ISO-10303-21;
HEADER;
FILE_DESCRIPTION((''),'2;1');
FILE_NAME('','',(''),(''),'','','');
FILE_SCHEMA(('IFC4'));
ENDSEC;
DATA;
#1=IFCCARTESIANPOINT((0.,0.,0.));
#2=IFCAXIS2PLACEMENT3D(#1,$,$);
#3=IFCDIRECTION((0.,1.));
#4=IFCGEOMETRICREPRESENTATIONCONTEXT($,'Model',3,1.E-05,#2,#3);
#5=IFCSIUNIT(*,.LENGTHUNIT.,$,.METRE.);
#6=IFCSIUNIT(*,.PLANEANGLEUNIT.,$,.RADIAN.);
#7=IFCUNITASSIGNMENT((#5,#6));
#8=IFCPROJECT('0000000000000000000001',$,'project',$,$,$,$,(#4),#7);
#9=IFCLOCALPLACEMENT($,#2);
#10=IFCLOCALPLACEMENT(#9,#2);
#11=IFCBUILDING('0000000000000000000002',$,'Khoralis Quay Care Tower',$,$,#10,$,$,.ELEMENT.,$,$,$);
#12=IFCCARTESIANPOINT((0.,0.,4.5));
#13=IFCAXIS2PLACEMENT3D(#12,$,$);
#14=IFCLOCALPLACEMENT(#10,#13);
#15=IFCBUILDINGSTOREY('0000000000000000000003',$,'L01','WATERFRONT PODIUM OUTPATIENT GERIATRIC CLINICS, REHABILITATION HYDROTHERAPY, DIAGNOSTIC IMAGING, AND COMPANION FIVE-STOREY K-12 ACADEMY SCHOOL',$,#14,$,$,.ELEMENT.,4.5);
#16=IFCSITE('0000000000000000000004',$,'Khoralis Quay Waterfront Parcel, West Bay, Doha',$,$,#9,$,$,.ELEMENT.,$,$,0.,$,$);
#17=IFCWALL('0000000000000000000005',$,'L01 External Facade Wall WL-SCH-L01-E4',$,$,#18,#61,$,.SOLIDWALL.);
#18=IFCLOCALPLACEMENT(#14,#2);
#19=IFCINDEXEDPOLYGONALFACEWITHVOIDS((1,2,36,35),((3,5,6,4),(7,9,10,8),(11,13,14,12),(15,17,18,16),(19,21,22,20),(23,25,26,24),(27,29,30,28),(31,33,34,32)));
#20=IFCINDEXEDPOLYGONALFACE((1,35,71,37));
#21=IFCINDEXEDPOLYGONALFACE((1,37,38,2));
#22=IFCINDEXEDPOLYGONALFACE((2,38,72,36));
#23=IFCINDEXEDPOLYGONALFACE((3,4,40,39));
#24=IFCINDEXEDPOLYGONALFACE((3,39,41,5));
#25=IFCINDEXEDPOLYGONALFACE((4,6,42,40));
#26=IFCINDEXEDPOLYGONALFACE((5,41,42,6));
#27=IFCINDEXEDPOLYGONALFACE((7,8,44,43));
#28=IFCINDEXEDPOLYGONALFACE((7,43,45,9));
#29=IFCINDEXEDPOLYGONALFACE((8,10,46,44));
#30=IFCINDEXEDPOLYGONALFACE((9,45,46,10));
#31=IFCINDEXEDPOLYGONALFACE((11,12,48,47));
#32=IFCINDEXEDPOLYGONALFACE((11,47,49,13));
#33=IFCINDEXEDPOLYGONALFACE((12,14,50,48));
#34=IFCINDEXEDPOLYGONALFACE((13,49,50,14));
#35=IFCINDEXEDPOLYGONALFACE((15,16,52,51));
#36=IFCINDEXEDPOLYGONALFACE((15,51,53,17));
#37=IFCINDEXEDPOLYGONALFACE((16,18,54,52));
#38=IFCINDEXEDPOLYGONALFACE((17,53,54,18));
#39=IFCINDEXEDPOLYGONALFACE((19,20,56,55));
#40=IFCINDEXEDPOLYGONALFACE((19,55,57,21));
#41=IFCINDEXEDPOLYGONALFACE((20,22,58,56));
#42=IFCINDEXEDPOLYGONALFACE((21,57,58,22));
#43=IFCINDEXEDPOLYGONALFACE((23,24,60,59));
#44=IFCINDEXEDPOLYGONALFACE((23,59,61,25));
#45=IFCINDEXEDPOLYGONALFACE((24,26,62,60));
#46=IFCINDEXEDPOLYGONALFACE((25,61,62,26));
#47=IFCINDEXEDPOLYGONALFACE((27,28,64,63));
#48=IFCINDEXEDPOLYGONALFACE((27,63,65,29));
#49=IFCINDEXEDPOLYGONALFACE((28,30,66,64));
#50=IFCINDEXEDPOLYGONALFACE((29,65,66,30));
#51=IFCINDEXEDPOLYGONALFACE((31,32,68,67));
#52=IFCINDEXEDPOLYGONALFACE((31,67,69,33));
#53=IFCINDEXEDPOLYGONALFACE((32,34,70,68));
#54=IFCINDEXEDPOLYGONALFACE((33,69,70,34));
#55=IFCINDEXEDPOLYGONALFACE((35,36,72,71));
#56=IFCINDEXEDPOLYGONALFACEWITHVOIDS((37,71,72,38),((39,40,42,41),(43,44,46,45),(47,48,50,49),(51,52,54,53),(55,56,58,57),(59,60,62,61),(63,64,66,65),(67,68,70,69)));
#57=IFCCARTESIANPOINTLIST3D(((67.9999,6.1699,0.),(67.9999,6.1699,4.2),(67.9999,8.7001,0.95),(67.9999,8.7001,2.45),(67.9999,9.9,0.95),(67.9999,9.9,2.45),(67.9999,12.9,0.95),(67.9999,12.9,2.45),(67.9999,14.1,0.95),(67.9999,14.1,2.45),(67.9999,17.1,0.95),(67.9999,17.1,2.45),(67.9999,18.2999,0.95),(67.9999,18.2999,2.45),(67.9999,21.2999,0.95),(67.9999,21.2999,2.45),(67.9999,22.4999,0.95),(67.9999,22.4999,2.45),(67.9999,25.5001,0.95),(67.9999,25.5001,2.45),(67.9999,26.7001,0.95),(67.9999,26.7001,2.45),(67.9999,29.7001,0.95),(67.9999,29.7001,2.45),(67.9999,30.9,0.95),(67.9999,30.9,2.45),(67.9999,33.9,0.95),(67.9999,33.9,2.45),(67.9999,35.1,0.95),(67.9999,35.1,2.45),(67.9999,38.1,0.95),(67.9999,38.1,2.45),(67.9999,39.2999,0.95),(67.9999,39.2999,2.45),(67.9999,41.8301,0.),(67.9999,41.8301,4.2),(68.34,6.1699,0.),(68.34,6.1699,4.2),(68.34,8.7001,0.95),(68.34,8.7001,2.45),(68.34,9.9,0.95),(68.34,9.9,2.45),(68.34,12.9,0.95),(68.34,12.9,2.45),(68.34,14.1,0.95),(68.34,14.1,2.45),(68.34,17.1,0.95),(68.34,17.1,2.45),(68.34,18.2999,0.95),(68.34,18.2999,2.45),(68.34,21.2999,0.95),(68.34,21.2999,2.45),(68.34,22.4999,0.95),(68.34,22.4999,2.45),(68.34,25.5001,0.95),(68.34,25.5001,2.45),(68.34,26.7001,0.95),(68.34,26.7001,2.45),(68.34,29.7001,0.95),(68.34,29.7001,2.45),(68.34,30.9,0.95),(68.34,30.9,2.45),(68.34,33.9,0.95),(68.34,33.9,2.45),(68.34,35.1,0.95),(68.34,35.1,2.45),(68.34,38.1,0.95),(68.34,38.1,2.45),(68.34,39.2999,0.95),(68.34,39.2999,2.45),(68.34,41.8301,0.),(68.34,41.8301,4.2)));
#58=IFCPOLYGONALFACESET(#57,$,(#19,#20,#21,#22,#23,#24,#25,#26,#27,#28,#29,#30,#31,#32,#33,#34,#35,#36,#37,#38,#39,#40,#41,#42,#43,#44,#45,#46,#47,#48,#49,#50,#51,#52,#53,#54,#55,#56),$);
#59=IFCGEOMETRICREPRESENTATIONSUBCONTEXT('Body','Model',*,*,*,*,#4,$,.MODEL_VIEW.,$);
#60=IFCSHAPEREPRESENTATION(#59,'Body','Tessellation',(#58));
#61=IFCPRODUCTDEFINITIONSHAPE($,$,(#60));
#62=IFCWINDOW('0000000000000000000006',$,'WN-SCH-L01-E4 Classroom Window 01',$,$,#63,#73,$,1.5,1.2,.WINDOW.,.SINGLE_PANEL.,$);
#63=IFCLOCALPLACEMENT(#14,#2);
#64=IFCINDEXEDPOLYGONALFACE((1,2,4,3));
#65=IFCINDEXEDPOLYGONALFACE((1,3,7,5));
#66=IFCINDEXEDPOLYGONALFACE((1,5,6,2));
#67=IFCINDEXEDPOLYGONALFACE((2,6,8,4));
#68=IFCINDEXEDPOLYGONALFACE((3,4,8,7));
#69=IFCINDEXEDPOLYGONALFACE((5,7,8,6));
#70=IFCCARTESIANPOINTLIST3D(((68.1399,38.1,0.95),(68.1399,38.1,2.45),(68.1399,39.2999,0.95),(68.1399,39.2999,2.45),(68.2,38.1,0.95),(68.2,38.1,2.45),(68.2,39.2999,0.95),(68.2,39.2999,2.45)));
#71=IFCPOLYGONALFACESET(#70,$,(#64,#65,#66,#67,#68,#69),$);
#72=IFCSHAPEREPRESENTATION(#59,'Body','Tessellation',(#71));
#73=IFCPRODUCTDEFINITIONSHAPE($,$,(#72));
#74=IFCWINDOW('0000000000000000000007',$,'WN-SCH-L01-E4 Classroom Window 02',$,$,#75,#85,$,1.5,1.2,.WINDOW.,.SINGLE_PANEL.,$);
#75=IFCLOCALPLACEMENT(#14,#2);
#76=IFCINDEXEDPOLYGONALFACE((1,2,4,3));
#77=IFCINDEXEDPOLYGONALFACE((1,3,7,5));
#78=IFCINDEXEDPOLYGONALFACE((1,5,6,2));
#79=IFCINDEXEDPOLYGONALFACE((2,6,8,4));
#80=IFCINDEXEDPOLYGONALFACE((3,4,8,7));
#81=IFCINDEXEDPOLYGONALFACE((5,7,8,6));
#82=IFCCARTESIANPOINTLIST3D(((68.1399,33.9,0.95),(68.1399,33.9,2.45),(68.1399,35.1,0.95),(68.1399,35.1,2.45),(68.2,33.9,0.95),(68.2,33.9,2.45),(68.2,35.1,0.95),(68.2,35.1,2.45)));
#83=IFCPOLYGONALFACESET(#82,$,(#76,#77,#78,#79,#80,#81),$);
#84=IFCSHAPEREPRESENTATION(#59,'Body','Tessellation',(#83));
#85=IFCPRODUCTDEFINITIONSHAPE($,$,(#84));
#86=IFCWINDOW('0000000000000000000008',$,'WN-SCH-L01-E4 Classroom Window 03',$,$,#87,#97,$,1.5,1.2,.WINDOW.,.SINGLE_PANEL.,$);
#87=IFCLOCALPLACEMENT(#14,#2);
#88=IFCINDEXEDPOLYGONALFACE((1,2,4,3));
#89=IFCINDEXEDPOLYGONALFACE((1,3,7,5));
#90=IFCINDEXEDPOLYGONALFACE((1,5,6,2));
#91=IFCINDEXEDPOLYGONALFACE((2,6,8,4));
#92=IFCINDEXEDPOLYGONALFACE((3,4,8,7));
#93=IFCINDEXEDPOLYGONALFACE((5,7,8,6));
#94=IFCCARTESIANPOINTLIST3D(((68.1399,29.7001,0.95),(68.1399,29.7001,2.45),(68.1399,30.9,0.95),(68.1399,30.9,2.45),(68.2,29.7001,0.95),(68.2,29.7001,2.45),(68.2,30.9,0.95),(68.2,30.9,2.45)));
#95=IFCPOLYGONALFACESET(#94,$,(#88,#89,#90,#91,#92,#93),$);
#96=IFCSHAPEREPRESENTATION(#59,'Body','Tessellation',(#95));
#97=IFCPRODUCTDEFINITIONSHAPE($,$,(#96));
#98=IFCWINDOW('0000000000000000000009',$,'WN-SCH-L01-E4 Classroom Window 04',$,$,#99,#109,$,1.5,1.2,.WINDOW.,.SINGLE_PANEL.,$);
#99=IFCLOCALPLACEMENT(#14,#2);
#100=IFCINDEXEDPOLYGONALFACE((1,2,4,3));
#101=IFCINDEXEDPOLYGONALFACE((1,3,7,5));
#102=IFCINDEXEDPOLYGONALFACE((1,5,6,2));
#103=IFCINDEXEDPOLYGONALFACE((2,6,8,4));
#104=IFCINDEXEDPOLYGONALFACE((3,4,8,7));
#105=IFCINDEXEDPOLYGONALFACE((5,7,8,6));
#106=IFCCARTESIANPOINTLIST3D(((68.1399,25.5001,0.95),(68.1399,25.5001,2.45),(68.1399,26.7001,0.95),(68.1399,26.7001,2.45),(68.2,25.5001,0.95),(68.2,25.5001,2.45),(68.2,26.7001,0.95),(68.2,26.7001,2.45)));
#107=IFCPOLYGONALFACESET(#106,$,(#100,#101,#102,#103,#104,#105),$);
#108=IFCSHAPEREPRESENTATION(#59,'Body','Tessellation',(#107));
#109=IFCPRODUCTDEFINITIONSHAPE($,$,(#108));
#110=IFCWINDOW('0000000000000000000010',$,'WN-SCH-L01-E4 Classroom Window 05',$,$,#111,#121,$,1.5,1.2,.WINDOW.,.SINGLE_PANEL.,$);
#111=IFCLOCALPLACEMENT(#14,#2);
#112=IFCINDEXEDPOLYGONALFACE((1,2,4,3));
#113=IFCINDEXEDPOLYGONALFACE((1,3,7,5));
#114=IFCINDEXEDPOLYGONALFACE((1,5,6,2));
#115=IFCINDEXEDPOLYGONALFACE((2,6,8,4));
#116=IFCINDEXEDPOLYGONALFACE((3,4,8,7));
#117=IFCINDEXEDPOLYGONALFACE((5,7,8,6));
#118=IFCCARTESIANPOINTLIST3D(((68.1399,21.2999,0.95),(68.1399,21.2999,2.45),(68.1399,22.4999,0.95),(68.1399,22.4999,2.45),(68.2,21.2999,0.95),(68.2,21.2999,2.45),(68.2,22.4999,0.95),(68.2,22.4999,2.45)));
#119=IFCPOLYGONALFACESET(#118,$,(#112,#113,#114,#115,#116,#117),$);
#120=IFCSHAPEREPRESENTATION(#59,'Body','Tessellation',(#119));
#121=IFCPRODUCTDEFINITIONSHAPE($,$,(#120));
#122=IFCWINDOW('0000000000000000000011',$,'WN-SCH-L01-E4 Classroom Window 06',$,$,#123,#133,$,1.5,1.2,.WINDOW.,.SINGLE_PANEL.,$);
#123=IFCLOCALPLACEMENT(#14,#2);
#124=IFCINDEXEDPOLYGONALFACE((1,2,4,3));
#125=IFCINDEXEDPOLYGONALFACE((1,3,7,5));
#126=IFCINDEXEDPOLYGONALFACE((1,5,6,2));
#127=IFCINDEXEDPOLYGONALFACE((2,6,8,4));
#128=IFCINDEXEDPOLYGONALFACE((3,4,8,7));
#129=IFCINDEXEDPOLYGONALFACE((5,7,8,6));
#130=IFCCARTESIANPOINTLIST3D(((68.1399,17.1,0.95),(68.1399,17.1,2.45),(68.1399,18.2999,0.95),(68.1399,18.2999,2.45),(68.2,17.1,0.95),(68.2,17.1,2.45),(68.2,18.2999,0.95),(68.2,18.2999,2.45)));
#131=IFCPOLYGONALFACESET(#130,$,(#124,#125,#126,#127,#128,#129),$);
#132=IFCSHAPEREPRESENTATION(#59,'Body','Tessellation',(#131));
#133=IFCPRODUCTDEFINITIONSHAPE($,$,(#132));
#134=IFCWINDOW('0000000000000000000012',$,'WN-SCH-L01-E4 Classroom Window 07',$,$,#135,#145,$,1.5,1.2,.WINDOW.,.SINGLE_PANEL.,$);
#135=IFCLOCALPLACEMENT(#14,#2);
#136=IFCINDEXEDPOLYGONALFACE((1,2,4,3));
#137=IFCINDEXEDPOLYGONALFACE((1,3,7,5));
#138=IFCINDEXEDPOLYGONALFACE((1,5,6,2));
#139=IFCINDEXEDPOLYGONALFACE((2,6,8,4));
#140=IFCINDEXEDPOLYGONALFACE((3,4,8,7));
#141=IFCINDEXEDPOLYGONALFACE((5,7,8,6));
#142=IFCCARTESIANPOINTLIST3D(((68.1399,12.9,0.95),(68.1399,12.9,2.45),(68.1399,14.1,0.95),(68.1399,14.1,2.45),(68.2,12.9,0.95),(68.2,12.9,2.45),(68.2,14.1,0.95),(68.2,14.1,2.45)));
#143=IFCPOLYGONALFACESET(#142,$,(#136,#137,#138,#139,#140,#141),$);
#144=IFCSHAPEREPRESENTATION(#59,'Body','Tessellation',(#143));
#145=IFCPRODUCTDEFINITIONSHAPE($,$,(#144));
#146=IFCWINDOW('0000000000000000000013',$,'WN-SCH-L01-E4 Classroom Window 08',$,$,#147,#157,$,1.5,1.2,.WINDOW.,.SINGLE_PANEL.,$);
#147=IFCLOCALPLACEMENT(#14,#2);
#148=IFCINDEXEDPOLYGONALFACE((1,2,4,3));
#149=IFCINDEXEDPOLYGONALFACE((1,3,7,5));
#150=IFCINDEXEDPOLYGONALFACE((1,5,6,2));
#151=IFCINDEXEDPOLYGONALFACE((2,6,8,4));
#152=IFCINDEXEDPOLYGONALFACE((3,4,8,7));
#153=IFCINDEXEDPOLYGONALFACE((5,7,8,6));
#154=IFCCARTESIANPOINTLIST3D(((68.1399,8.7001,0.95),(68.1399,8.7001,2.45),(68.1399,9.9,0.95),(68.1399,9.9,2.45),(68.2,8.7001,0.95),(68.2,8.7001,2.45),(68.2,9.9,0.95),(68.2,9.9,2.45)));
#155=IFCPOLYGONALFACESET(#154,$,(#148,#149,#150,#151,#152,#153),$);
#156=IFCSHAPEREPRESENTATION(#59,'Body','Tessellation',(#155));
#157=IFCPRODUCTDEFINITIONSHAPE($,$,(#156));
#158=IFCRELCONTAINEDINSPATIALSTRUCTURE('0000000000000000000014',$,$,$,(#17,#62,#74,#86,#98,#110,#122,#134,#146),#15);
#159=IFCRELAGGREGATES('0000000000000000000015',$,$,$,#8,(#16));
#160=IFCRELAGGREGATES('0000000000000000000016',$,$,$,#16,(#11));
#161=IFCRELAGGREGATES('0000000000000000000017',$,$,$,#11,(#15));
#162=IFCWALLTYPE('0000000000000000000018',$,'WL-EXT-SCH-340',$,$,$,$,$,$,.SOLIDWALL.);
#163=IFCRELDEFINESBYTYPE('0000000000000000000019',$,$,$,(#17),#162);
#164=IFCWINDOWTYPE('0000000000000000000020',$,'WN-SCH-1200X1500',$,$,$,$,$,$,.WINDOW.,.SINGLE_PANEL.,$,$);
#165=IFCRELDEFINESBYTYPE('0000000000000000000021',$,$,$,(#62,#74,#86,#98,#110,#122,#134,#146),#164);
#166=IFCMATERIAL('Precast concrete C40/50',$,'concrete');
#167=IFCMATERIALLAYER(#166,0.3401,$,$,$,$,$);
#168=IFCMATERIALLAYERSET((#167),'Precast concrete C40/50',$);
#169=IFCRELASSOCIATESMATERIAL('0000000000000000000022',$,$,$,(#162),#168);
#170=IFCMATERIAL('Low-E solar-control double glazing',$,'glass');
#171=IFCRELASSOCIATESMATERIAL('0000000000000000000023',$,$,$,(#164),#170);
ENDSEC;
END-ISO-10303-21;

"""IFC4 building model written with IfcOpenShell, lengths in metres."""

from ifc_helpers import new_model, si_unit, direction, frame, frame_2d, origin, place, context, subcontext, project, spatial, rectangle, extrude, source, transform, mapped, material, layer, layer_set, type_object, element, fill, save


model = new_model("IFC4")

# Units and contexts
model_context = context("Model", 3, precision=1e-05, world=origin(), true_north=direction((0.0, 1.0)))
body_context = subcontext(model_context, "Body", "Model", "MODEL_VIEW")
ifc_project = project(units=[si_unit("LENGTHUNIT", "METRE"), si_unit("PLANEANGLEUNIT", "RADIAN")], contexts=[model_context])

# Site, building, storey
site_placement = place(None, origin())
site = spatial("IfcSite", under=ifc_project, at=site_placement, Name="Khoralis Quay Waterfront Parcel, West Bay, Doha", CompositionType="ELEMENT", RefElevation=0.0)
building_placement = place(site_placement, origin())
building = spatial("IfcBuilding", under=site, at=building_placement, Name="Khoralis Quay Care Tower", CompositionType="ELEMENT")
storey_placement = place(building_placement, frame((0.0, 0.0, 4.5)))
storey = spatial("IfcBuildingStorey", under=building, at=storey_placement, Name="L01", Description="WATERFRONT PODIUM OUTPATIENT GERIATRIC CLINICS, REHABILITATION HYDROTHERAPY, DIAGNOSTIC IMAGING, AND COMPANION FIVE-STOREY K-12 ACADEMY SCHOOL", CompositionType="ELEMENT", Elevation=4.5)

# Wall, openings, windows
ifc_material_1 = material(Name="Low-E solar-control double glazing", Category="glass")
ifc_material_2 = material(Name="Precast concrete C40/50", Category="concrete")
ifc_layer_1 = layer(ifc_material_2, 0.3401)
ifc_layer_set_1 = layer_set([ifc_layer_1], Name="Precast concrete C40/50")
wall_type_1 = type_object("IfcWallType", Name="WL-EXT-SCH-340", PredefinedType="SOLIDWALL", material=ifc_layer_set_1)
wall_1_placement = place(storey_placement, frame((68.1699, 41.8301, 0.0), z_axis=(0.0, 0.0, 1.0), x_axis=(0.0, -1.0, 0.0)))
wall_1 = element("IfcWall", 1, at=wall_1_placement, inside=storey, type_object=wall_type_1, Name="L01 External Facade Wall WL-SCH-L01-E4", PredefinedType="SOLIDWALL", context=body_context, shape_type="SweptSolid", body=[
    extrude(rectangle(XDim=35.6602, YDim=0.3401, at=frame_2d((17.8301, 0.0))), origin(), (0.0, 0.0, 1.0), 4.2),
])
opening_1_placement = place(wall_1_placement, frame((2.53, 0.0, 0.95)))
opening_1 = element("IfcOpeningElement", 2, at=opening_1_placement, cuts=wall_1, PredefinedType="OPENING", context=body_context, shape_type="SweptSolid", body=[
    extrude(rectangle(XDim=1.2, YDim=1.5, at=frame_2d((0.6001, 0.75))), frame((0.0, 0.1802, 0.0), z_axis=(0.0, -1.0, 0.0), x_axis=(1.0, 0.0, 0.0)), (0.0, 0.0, 1.0), 0.3601),
])
opening_2_placement = place(wall_1_placement, frame((6.73, 0.0, 0.95)))
opening_2 = element("IfcOpeningElement", 3, at=opening_2_placement, cuts=wall_1, PredefinedType="OPENING", context=body_context, shape_type="SweptSolid", body=[
    extrude(rectangle(XDim=1.2, YDim=1.5, at=frame_2d((0.6001, 0.75))), frame((0.0, 0.1802, 0.0), z_axis=(0.0, -1.0, 0.0), x_axis=(1.0, 0.0, 0.0)), (0.0, 0.0, 1.0), 0.3601),
])
opening_3_placement = place(wall_1_placement, frame((10.9299, 0.0, 0.95)))
opening_3 = element("IfcOpeningElement", 4, at=opening_3_placement, cuts=wall_1, PredefinedType="OPENING", context=body_context, shape_type="SweptSolid", body=[
    extrude(rectangle(XDim=1.2, YDim=1.5, at=frame_2d((0.6001, 0.75))), frame((0.0, 0.1802, 0.0), z_axis=(0.0, -1.0, 0.0), x_axis=(1.0, 0.0, 0.0)), (0.0, 0.0, 1.0), 0.3601),
])
opening_4_placement = place(wall_1_placement, frame((15.1299, 0.0, 0.95)))
opening_4 = element("IfcOpeningElement", 5, at=opening_4_placement, cuts=wall_1, PredefinedType="OPENING", context=body_context, shape_type="SweptSolid", body=[
    extrude(rectangle(XDim=1.2, YDim=1.5, at=frame_2d((0.6001, 0.75))), frame((0.0, 0.1802, 0.0), z_axis=(0.0, -1.0, 0.0), x_axis=(1.0, 0.0, 0.0)), (0.0, 0.0, 1.0), 0.3601),
])
opening_5_placement = place(wall_1_placement, frame((19.3301, 0.0, 0.95)))
opening_5 = element("IfcOpeningElement", 6, at=opening_5_placement, cuts=wall_1, PredefinedType="OPENING", context=body_context, shape_type="SweptSolid", body=[
    extrude(rectangle(XDim=1.2, YDim=1.5, at=frame_2d((0.6001, 0.75))), frame((0.0, 0.1802, 0.0), z_axis=(0.0, -1.0, 0.0), x_axis=(1.0, 0.0, 0.0)), (0.0, 0.0, 1.0), 0.3601),
])
opening_6_placement = place(wall_1_placement, frame((23.53, 0.0, 0.95)))
opening_6 = element("IfcOpeningElement", 7, at=opening_6_placement, cuts=wall_1, PredefinedType="OPENING", context=body_context, shape_type="SweptSolid", body=[
    extrude(rectangle(XDim=1.2, YDim=1.5, at=frame_2d((0.6001, 0.75))), frame((0.0, 0.1802, 0.0), z_axis=(0.0, -1.0, 0.0), x_axis=(1.0, 0.0, 0.0)), (0.0, 0.0, 1.0), 0.3601),
])
opening_7_placement = place(wall_1_placement, frame((27.73, 0.0, 0.95)))
opening_7 = element("IfcOpeningElement", 8, at=opening_7_placement, cuts=wall_1, PredefinedType="OPENING", context=body_context, shape_type="SweptSolid", body=[
    extrude(rectangle(XDim=1.2, YDim=1.5, at=frame_2d((0.6001, 0.75))), frame((0.0, 0.1802, 0.0), z_axis=(0.0, -1.0, 0.0), x_axis=(1.0, 0.0, 0.0)), (0.0, 0.0, 1.0), 0.3601),
])
opening_8_placement = place(wall_1_placement, frame((31.9299, 0.0, 0.95)))
opening_8 = element("IfcOpeningElement", 9, at=opening_8_placement, cuts=wall_1, PredefinedType="OPENING", context=body_context, shape_type="SweptSolid", body=[
    extrude(rectangle(XDim=1.2, YDim=1.5, at=frame_2d((0.6001, 0.75))), frame((0.0, 0.1802, 0.0), z_axis=(0.0, -1.0, 0.0), x_axis=(1.0, 0.0, 0.0)), (0.0, 0.0, 1.0), 0.3601),
])
window_type_1 = type_object("IfcWindowType", Name="WN-SCH-1200X1500", PartitioningType="SINGLE_PANEL", PredefinedType="WINDOW", material=ifc_material_1)
shared_shape_1 = source(origin(), body_context, "Body", "SweptSolid", [
    extrude(rectangle(XDim=1.2, YDim=1.5, at=frame_2d((0.6001, 0.75))), frame((0.0, 0.03, 0.0), z_axis=(0.0, -1.0, 0.0), x_axis=(1.0, 0.0, 0.0)), (0.0, 0.0, 1.0), 0.0601),
])
window_1_placement = place(opening_1_placement, origin())
window_1 = element("IfcWindow", 10, at=window_1_placement, inside=storey, type_object=window_type_1, Name="WN-SCH-L01-E4 Classroom Window 01", OverallHeight=1.5, OverallWidth=1.2, PartitioningType="SINGLE_PANEL", PredefinedType="WINDOW", context=body_context, shape_type="MappedRepresentation", body=[
    mapped(shared_shape_1, transform((0.0, 0.0, 0.0), scale=1.0)),
])
fill(opening_1, window_1)
window_2_placement = place(opening_2_placement, origin())
window_2 = element("IfcWindow", 11, at=window_2_placement, inside=storey, type_object=window_type_1, Name="WN-SCH-L01-E4 Classroom Window 02", OverallHeight=1.5, OverallWidth=1.2, PartitioningType="SINGLE_PANEL", PredefinedType="WINDOW", context=body_context, shape_type="MappedRepresentation", body=[
    mapped(shared_shape_1, transform((0.0, 0.0, 0.0), scale=1.0)),
])
fill(opening_2, window_2)
window_3_placement = place(opening_3_placement, origin())
window_3 = element("IfcWindow", 12, at=window_3_placement, inside=storey, type_object=window_type_1, Name="WN-SCH-L01-E4 Classroom Window 03", OverallHeight=1.5, OverallWidth=1.2, PartitioningType="SINGLE_PANEL", PredefinedType="WINDOW", context=body_context, shape_type="MappedRepresentation", body=[
    mapped(shared_shape_1, transform((0.0, 0.0, 0.0), scale=1.0)),
])
fill(opening_3, window_3)
window_4_placement = place(opening_4_placement, origin())
window_4 = element("IfcWindow", 13, at=window_4_placement, inside=storey, type_object=window_type_1, Name="WN-SCH-L01-E4 Classroom Window 04", OverallHeight=1.5, OverallWidth=1.2, PartitioningType="SINGLE_PANEL", PredefinedType="WINDOW", context=body_context, shape_type="MappedRepresentation", body=[
    mapped(shared_shape_1, transform((0.0, 0.0, 0.0), scale=1.0)),
])
fill(opening_4, window_4)
window_5_placement = place(opening_5_placement, origin())
window_5 = element("IfcWindow", 14, at=window_5_placement, inside=storey, type_object=window_type_1, Name="WN-SCH-L01-E4 Classroom Window 05", OverallHeight=1.5, OverallWidth=1.2, PartitioningType="SINGLE_PANEL", PredefinedType="WINDOW", context=body_context, shape_type="MappedRepresentation", body=[
    mapped(shared_shape_1, transform((0.0, 0.0, 0.0), scale=1.0)),
])
fill(opening_5, window_5)
window_6_placement = place(opening_6_placement, origin())
window_6 = element("IfcWindow", 15, at=window_6_placement, inside=storey, type_object=window_type_1, Name="WN-SCH-L01-E4 Classroom Window 06", OverallHeight=1.5, OverallWidth=1.2, PartitioningType="SINGLE_PANEL", PredefinedType="WINDOW", context=body_context, shape_type="MappedRepresentation", body=[
    mapped(shared_shape_1, transform((0.0, 0.0, 0.0), scale=1.0)),
])
fill(opening_6, window_6)
window_7_placement = place(opening_7_placement, origin())
window_7 = element("IfcWindow", 16, at=window_7_placement, inside=storey, type_object=window_type_1, Name="WN-SCH-L01-E4 Classroom Window 07", OverallHeight=1.5, OverallWidth=1.2, PartitioningType="SINGLE_PANEL", PredefinedType="WINDOW", context=body_context, shape_type="MappedRepresentation", body=[
    mapped(shared_shape_1, transform((0.0, 0.0, 0.0), scale=1.0)),
])
fill(opening_7, window_7)
window_8_placement = place(opening_8_placement, origin())
window_8 = element("IfcWindow", 17, at=window_8_placement, inside=storey, type_object=window_type_1, Name="WN-SCH-L01-E4 Classroom Window 08", OverallHeight=1.5, OverallWidth=1.2, PartitioningType="SINGLE_PANEL", PredefinedType="WINDOW", context=body_context, shape_type="MappedRepresentation", body=[
    mapped(shared_shape_1, transform((0.0, 0.0, 0.0), scale=1.0)),
])
fill(opening_8, window_8)

save(model, "model.ifc")
